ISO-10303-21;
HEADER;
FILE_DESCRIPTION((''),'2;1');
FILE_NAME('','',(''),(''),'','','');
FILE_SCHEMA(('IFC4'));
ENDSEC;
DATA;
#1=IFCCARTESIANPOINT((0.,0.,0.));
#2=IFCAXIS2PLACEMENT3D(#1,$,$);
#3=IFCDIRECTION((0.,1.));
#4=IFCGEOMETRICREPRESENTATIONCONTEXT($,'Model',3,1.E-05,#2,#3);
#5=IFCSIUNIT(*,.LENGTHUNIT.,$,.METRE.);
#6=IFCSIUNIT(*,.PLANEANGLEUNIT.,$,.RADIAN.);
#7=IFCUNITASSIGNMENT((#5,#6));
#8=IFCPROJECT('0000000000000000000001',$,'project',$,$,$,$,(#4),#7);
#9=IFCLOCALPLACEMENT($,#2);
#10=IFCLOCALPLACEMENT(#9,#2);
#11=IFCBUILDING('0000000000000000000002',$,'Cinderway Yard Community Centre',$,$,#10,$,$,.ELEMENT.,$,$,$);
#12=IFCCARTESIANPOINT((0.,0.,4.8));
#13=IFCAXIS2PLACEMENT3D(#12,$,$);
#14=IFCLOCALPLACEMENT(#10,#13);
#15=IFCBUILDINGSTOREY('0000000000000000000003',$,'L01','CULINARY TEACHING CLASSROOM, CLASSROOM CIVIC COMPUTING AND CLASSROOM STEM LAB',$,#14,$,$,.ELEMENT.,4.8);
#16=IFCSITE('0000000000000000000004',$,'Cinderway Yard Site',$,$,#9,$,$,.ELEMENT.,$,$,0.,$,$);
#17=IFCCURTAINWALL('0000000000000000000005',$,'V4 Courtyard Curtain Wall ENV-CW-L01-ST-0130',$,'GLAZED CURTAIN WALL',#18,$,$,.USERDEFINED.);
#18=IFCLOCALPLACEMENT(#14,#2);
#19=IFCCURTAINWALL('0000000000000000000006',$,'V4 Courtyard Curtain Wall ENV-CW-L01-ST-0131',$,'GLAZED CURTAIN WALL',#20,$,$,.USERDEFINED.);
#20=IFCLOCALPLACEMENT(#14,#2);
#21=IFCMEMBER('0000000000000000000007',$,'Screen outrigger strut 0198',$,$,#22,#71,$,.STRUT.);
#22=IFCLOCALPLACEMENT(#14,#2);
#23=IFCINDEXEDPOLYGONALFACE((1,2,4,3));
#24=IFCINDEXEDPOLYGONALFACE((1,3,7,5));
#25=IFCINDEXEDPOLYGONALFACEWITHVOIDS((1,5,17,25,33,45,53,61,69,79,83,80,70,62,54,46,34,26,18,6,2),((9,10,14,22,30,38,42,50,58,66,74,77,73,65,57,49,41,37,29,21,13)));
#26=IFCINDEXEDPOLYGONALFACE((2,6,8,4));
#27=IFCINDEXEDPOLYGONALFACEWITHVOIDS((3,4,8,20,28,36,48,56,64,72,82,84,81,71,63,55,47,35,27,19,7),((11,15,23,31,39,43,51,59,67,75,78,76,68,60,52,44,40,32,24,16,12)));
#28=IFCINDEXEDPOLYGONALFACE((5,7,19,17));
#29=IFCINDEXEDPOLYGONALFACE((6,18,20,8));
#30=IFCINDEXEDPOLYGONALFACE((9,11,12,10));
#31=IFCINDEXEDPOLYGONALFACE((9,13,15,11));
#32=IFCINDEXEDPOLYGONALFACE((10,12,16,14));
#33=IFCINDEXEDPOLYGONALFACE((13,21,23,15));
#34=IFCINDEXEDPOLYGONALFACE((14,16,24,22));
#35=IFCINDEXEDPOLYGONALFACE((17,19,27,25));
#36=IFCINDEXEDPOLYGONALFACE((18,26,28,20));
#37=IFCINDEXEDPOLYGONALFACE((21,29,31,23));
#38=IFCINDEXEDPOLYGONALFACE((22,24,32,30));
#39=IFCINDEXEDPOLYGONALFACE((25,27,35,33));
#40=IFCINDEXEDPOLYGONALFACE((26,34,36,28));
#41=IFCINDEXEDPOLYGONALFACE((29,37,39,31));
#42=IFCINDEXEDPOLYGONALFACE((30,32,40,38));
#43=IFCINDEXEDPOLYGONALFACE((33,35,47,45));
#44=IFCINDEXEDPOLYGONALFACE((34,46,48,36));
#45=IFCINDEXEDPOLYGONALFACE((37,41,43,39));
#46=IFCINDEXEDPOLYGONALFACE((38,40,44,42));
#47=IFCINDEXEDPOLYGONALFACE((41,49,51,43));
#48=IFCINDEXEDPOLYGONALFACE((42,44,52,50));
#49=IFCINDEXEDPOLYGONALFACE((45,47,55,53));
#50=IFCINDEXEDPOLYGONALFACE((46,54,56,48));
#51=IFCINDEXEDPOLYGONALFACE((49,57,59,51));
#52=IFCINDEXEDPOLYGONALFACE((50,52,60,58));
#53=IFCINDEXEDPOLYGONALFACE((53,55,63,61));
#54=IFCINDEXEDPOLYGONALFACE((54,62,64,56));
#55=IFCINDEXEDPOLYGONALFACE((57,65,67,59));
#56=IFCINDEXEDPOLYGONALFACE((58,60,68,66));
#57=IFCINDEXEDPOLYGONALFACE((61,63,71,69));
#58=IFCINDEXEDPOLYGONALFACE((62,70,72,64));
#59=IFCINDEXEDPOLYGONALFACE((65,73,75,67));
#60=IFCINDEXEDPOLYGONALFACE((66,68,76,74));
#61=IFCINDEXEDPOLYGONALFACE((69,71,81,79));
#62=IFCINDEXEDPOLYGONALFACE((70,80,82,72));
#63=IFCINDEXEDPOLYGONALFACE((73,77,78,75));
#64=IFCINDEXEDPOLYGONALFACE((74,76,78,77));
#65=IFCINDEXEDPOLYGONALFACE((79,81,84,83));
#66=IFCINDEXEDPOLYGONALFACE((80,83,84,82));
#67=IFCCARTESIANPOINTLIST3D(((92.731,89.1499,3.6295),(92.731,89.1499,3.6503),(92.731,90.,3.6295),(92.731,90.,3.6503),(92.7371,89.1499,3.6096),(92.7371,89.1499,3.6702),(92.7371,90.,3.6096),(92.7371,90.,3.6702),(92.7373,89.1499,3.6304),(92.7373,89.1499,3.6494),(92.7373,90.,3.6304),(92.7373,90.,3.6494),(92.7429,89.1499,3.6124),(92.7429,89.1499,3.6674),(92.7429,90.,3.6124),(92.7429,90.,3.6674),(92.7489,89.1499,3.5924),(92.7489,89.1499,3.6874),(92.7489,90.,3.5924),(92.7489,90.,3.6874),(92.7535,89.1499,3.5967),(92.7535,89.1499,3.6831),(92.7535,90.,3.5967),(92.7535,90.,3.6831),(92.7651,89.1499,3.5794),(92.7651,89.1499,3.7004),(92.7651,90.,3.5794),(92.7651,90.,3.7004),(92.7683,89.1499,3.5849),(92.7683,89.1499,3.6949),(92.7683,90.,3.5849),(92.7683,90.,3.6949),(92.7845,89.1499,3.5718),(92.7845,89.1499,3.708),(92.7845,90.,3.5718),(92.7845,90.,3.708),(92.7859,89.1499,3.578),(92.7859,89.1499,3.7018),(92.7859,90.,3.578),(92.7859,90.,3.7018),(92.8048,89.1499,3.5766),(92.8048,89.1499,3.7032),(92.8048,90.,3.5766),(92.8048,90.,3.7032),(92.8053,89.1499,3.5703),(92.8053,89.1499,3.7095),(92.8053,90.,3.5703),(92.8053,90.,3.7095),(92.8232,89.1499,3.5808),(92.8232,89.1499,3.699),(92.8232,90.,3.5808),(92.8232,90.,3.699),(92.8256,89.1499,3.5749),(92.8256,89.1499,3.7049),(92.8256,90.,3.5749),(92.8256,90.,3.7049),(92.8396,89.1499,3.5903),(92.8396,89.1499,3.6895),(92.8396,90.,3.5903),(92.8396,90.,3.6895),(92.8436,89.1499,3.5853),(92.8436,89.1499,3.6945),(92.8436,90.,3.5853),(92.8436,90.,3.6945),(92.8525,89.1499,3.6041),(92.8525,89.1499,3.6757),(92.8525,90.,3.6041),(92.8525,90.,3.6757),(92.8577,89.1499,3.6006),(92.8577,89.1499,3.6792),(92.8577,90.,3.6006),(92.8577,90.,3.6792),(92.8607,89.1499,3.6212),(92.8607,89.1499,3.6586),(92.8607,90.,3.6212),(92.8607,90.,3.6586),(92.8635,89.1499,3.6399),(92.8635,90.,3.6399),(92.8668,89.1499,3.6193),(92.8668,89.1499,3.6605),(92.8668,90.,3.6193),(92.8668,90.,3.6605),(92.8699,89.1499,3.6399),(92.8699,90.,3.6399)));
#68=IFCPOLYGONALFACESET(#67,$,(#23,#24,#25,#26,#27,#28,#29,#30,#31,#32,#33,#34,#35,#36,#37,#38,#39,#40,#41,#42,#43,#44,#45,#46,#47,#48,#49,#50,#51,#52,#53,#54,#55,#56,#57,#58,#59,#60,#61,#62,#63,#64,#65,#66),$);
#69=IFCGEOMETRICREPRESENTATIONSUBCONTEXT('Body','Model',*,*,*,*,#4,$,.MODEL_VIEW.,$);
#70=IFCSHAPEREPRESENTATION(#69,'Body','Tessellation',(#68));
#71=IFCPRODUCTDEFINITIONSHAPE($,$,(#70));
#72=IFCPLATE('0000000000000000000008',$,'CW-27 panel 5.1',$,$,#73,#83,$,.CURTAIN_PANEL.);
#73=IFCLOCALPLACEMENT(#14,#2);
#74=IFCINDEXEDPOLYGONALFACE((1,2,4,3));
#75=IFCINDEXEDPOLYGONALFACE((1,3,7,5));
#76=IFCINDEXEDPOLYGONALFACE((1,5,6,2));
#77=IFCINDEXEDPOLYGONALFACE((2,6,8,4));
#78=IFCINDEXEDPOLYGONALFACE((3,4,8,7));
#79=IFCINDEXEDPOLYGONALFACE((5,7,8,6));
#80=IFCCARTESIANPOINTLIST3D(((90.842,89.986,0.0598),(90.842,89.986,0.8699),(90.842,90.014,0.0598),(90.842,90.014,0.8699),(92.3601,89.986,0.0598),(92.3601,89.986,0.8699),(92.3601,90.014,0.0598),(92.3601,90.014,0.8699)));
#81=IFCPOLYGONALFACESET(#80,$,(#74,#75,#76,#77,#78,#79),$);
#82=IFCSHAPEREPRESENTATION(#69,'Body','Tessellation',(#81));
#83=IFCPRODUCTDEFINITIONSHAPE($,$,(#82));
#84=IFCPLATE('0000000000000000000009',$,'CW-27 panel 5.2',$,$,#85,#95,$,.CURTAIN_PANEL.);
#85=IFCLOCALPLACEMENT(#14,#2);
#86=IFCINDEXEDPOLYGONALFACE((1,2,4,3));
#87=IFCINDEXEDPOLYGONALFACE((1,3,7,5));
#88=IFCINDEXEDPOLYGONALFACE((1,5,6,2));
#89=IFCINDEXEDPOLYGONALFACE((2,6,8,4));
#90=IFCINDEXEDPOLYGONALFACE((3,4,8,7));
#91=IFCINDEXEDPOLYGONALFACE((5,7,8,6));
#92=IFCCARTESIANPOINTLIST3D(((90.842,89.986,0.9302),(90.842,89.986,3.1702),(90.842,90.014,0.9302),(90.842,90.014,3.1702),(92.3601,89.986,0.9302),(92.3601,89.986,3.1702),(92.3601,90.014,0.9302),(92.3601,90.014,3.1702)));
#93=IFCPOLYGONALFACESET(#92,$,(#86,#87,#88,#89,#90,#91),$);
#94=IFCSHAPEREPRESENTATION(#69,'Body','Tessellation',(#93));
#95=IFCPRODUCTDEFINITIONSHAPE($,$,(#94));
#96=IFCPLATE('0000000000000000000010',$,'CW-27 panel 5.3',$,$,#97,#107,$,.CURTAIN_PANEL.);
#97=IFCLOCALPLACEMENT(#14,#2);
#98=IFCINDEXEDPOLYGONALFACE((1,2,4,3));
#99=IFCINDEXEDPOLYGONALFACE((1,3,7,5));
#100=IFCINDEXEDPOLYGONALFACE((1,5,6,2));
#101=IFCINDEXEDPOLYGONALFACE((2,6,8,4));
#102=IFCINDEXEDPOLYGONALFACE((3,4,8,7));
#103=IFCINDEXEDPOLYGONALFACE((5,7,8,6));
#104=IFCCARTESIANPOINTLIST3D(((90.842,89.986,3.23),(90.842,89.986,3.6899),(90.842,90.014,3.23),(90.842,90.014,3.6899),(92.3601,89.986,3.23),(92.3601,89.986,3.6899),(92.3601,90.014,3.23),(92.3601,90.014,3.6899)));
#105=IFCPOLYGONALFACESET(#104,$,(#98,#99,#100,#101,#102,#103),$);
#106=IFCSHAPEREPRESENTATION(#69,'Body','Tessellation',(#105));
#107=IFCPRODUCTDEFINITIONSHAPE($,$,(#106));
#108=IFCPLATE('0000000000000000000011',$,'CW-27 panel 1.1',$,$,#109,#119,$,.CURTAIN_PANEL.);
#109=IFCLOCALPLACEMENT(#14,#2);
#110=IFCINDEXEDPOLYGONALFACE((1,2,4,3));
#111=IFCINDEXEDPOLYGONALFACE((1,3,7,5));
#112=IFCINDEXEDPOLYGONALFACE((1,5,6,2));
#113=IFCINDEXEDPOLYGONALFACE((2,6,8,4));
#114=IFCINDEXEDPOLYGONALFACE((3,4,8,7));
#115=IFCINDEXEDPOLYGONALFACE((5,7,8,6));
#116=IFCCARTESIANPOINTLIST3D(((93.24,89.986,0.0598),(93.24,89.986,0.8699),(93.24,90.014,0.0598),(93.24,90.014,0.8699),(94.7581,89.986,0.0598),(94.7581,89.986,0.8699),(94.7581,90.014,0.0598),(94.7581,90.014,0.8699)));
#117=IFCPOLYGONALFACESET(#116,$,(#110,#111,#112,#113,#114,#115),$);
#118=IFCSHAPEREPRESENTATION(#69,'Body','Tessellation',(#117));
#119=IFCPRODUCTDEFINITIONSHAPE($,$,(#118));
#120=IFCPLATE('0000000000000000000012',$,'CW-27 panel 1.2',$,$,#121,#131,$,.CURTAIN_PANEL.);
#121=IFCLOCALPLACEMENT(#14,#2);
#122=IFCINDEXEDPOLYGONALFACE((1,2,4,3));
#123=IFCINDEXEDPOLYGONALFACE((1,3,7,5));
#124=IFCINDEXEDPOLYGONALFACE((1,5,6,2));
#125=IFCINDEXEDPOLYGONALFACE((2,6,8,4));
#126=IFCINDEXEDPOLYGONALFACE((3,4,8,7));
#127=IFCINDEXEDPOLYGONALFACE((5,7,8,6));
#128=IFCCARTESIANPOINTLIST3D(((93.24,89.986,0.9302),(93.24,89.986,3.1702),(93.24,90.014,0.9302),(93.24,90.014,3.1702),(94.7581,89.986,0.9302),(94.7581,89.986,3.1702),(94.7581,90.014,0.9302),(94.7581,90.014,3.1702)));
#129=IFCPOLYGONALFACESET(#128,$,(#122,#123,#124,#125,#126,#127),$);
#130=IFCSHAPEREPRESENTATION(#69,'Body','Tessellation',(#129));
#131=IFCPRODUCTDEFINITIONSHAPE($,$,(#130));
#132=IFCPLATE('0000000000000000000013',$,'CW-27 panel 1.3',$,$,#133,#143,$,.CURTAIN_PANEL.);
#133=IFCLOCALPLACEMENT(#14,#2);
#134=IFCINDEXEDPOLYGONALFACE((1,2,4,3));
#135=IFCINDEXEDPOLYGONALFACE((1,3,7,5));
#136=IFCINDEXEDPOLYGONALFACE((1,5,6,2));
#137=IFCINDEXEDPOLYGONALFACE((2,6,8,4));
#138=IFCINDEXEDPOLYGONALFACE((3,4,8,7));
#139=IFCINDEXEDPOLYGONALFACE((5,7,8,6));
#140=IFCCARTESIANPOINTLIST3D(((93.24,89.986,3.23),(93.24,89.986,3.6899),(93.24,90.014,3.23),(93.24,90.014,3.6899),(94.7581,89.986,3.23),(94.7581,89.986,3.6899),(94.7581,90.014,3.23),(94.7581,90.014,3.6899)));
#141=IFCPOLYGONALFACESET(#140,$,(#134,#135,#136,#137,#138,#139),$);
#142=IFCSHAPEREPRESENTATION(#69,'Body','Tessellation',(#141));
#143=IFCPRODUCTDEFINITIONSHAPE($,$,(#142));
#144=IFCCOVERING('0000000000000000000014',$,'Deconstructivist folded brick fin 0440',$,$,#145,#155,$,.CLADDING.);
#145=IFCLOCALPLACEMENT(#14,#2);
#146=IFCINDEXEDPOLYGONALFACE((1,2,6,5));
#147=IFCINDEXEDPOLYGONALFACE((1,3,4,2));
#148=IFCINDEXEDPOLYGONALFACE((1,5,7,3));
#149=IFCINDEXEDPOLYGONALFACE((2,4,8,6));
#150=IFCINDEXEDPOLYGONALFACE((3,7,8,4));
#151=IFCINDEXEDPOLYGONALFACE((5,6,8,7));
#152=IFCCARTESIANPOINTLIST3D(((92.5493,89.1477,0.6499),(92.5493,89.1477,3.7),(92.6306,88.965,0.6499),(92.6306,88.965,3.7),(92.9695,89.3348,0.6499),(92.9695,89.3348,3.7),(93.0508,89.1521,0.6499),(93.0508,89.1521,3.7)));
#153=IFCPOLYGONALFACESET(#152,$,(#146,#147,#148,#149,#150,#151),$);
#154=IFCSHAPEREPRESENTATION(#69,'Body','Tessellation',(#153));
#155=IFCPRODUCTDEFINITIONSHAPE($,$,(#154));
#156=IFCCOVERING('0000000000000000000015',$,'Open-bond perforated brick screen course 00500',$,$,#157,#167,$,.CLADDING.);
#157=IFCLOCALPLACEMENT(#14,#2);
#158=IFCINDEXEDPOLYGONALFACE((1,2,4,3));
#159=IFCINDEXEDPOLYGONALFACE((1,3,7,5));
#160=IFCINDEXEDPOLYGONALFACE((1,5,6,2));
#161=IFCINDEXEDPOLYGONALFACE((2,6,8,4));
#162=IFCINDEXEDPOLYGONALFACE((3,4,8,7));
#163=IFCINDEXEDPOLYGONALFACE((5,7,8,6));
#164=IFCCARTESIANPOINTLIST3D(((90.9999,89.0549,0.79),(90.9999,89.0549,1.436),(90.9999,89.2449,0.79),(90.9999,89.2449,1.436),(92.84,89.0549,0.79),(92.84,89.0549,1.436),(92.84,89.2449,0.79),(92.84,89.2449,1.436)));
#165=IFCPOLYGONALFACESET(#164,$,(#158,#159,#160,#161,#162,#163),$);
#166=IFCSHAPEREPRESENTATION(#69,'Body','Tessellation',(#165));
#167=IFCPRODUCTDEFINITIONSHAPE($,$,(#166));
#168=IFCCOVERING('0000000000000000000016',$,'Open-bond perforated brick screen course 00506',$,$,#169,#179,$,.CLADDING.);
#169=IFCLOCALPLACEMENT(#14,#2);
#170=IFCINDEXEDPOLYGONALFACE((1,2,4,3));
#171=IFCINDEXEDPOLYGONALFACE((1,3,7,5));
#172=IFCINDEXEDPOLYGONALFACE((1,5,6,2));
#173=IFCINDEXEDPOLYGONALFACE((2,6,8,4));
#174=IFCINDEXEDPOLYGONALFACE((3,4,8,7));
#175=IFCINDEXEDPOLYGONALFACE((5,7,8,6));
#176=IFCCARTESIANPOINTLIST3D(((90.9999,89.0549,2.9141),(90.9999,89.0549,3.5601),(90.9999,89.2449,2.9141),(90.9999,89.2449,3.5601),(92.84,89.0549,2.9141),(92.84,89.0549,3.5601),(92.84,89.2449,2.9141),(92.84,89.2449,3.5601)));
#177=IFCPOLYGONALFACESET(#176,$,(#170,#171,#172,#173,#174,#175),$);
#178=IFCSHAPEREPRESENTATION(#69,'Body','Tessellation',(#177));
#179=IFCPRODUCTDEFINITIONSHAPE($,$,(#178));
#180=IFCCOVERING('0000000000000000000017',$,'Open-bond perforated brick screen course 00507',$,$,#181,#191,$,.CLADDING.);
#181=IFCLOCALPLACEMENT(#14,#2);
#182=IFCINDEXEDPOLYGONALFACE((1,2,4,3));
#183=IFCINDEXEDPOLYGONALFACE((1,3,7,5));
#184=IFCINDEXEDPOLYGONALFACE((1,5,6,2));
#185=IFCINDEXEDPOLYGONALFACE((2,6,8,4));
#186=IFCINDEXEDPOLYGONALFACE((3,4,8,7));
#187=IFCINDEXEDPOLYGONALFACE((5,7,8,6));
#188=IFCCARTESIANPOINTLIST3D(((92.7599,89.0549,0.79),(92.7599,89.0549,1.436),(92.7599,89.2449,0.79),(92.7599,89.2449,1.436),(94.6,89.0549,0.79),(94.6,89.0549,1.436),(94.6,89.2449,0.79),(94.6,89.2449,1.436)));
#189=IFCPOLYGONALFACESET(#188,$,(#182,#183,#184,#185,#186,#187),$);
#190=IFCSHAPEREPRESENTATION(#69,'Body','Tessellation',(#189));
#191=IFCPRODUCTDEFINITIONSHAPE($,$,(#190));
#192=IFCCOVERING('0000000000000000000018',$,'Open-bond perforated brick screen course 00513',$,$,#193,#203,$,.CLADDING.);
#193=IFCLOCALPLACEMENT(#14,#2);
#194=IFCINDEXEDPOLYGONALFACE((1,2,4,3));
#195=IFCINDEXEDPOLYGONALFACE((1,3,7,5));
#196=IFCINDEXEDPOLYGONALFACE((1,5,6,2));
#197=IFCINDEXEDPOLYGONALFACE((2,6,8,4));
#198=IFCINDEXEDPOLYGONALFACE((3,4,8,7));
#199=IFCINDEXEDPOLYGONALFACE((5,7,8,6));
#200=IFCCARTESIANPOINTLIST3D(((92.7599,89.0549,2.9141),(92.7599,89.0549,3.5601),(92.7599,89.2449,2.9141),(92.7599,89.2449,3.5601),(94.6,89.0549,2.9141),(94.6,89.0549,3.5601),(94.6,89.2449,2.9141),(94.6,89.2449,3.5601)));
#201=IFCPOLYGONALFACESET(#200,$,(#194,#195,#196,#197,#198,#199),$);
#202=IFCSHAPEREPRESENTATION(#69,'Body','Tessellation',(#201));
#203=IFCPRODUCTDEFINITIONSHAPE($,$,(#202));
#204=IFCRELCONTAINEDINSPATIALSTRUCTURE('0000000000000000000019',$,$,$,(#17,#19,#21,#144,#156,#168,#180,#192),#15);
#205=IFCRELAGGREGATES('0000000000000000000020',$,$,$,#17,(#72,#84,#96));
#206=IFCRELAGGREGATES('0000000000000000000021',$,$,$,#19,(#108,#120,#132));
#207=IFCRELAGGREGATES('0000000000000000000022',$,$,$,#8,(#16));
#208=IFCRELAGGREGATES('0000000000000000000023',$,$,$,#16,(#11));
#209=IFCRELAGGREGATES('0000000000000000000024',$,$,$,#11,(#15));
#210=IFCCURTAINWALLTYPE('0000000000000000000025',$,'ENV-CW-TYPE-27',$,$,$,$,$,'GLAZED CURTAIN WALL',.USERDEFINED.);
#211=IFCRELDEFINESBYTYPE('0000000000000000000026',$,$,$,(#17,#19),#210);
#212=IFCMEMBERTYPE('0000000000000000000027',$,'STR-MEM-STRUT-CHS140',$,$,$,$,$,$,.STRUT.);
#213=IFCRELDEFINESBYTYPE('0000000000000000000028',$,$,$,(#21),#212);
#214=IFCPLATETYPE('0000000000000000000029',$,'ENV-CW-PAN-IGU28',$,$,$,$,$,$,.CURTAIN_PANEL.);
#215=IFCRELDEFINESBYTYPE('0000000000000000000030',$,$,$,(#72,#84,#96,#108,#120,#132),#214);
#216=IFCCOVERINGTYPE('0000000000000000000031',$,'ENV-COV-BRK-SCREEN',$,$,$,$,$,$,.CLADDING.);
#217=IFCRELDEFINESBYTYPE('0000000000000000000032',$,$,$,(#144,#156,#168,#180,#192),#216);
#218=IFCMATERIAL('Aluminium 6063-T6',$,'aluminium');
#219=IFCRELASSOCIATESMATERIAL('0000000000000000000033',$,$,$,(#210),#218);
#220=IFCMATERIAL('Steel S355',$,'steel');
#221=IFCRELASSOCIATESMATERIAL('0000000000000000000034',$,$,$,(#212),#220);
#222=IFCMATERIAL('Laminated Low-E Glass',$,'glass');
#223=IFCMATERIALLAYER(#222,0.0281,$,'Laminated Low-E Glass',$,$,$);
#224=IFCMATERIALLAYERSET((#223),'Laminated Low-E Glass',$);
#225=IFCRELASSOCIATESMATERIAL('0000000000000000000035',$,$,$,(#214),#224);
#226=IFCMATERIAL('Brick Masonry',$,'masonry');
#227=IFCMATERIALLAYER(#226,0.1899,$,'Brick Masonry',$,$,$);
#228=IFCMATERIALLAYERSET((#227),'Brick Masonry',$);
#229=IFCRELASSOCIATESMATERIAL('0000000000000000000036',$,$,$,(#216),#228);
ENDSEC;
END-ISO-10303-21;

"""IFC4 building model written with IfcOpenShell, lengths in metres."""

from ifc_helpers import new_model, si_unit, direction, frame, origin, origin_2d, place, context, subcontext, project, spatial, rectangle, hollow_circle, extrude, material, layer, layer_set, material_profile, profile_set, type_object, element, aggregate, save


model = new_model("IFC4")

# Units and contexts
model_context = context("Model", 3, precision=1e-05, world=origin(), true_north=direction((0.0, 1.0)))
body_context = subcontext(model_context, "Body", "Model", "MODEL_VIEW")
ifc_project = project(units=[si_unit("LENGTHUNIT", "METRE"), si_unit("PLANEANGLEUNIT", "RADIAN")], contexts=[model_context])

# Site, building, storey
site_placement = place(None, origin())
site = spatial("IfcSite", under=ifc_project, at=site_placement, Name="Cinderway Yard Site", CompositionType="ELEMENT", RefElevation=0.0)
building_placement = place(site_placement, origin())
building = spatial("IfcBuilding", under=site, at=building_placement, Name="Cinderway Yard Community Centre", CompositionType="ELEMENT")
storey_placement = place(building_placement, frame((0.0, 0.0, 4.8)))
storey = spatial("IfcBuildingStorey", under=building, at=storey_placement, Name="L01", Description="CULINARY TEACHING CLASSROOM, CLASSROOM CIVIC COMPUTING AND CLASSROOM STEM LAB", CompositionType="ELEMENT", Elevation=4.8)

# Curtain wall
ifc_material_1 = material(Name="Aluminium 6063-T6", Category="aluminium")
curtain_wall_type = type_object("IfcCurtainWallType", Name="ENV-CW-TYPE-27", ElementType="GLAZED CURTAIN WALL", PredefinedType="USERDEFINED", material=ifc_material_1)
curtain_wall_1_placement = place(storey_placement, origin())
curtain_wall_1 = element("IfcCurtainWall", 1, at=curtain_wall_1_placement, inside=storey, type_object=curtain_wall_type, Name="V4 Courtyard Curtain Wall ENV-CW-L01-ST-0130", ObjectType="GLAZED CURTAIN WALL", PredefinedType="USERDEFINED")

# Curtain wall
curtain_wall_2_placement = place(storey_placement, origin())
curtain_wall_2 = element("IfcCurtainWall", 2, at=curtain_wall_2_placement, inside=storey, type_object=curtain_wall_type, Name="V4 Courtyard Curtain Wall ENV-CW-L01-ST-0131", ObjectType="GLAZED CURTAIN WALL", PredefinedType="USERDEFINED")

# Shared definitions
ifc_material_2 = material(Name="Steel S355", Category="steel")

# Member
ifc_material_profile_1 = material_profile(ifc_material_2, hollow_circle(Radius=0.0698, WallThickness=0.0063, at=origin_2d()), Name="Steel S355")
ifc_profile_set_1 = profile_set([ifc_material_profile_1], Name="Steel S355")
member_type_1 = type_object("IfcMemberType", Name="STR-MEM-STRUT-CHS140", PredefinedType="STRUT", material=ifc_profile_set_1)
for number, where, z_axis, x_axis, name in (
    (3, (92.8, 90.0, 3.6399), (0.0, -1.0, 0.0), (1.0, 0.0, 0.0), "Screen outrigger strut 0198"),
):
    element("IfcMember", number, at=place(storey_placement, frame(where, z_axis=z_axis, x_axis=x_axis)), inside=storey, type_object=member_type_1, Name=name, PredefinedType="STRUT", context=body_context, shape_type="SweptSolid", body=[
        extrude(hollow_circle(Radius=0.0698, WallThickness=0.0063, at=origin_2d()), origin(), (0.0, 0.0, 1.0), 0.8501),
    ])

# Plates
ifc_material_3 = material(Name="Laminated Low-E Glass", Category="glass")
ifc_layer_1 = layer(ifc_material_3, 0.0281, Name="Laminated Low-E Glass")
ifc_layer_set_1 = layer_set([ifc_layer_1], Name="Laminated Low-E Glass")
plate_type = type_object("IfcPlateType", Name="ENV-CW-PAN-IGU28", PredefinedType="CURTAIN_PANEL", material=ifc_layer_set_1)
plate_1_placement = place(storey_placement, frame((91.6011, 90.0, 0.0598), z_axis=(0.0, 0.0, 1.0), x_axis=(1.0, 0.0, 0.0)))
plate_1 = element("IfcPlate", 4, at=plate_1_placement, type_object=plate_type, Name="CW-27 panel 5.1", PredefinedType="CURTAIN_PANEL", context=body_context, shape_type="SweptSolid", body=[
    extrude(rectangle(XDim=1.5181, YDim=0.0281, at=origin_2d()), origin(), (0.0, 0.0, 1.0), 0.8101),
])
plate_2_placement = place(storey_placement, frame((91.6011, 90.0, 0.9302), z_axis=(0.0, 0.0, 1.0), x_axis=(1.0, 0.0, 0.0)))
plate_2 = element("IfcPlate", 5, at=plate_2_placement, type_object=plate_type, Name="CW-27 panel 5.2", PredefinedType="CURTAIN_PANEL", context=body_context, shape_type="SweptSolid", body=[
    extrude(rectangle(XDim=1.5181, YDim=0.0281, at=origin_2d()), origin(), (0.0, 0.0, 1.0), 2.24),
])
plate_3_placement = place(storey_placement, frame((91.6011, 90.0, 3.23), z_axis=(0.0, 0.0, 1.0), x_axis=(1.0, 0.0, 0.0)))
plate_3 = element("IfcPlate", 6, at=plate_3_placement, type_object=plate_type, Name="CW-27 panel 5.3", PredefinedType="CURTAIN_PANEL", context=body_context, shape_type="SweptSolid", body=[
    extrude(rectangle(XDim=1.5181, YDim=0.0281, at=origin_2d()), origin(), (0.0, 0.0, 1.0), 0.46),
])
aggregate(curtain_wall_1, [plate_1, plate_2, plate_3])
plate_4_placement = place(storey_placement, frame((93.999, 90.0, 0.0598), z_axis=(0.0, 0.0, 1.0), x_axis=(1.0, 0.0, 0.0)))
plate_4 = element("IfcPlate", 7, at=plate_4_placement, type_object=plate_type, Name="CW-27 panel 1.1", PredefinedType="CURTAIN_PANEL", context=body_context, shape_type="SweptSolid", body=[
    extrude(rectangle(XDim=1.5181, YDim=0.0281, at=origin_2d()), origin(), (0.0, 0.0, 1.0), 0.8101),
])
plate_5_placement = place(storey_placement, frame((93.999, 90.0, 0.9302), z_axis=(0.0, 0.0, 1.0), x_axis=(1.0, 0.0, 0.0)))
plate_5 = element("IfcPlate", 8, at=plate_5_placement, type_object=plate_type, Name="CW-27 panel 1.2", PredefinedType="CURTAIN_PANEL", context=body_context, shape_type="SweptSolid", body=[
    extrude(rectangle(XDim=1.5181, YDim=0.0281, at=origin_2d()), origin(), (0.0, 0.0, 1.0), 2.24),
])
plate_6_placement = place(storey_placement, frame((93.999, 90.0, 3.23), z_axis=(0.0, 0.0, 1.0), x_axis=(1.0, 0.0, 0.0)))
plate_6 = element("IfcPlate", 9, at=plate_6_placement, type_object=plate_type, Name="CW-27 panel 1.3", PredefinedType="CURTAIN_PANEL", context=body_context, shape_type="SweptSolid", body=[
    extrude(rectangle(XDim=1.5181, YDim=0.0281, at=origin_2d()), origin(), (0.0, 0.0, 1.0), 0.46),
])
aggregate(curtain_wall_2, [plate_4, plate_5, plate_6])

# Coverings
ifc_material_4 = material(Name="Brick Masonry", Category="masonry")
ifc_layer_2 = layer(ifc_material_4, 0.1899, Name="Brick Masonry")
ifc_layer_set_2 = layer_set([ifc_layer_2], Name="Brick Masonry")
covering_type = type_object("IfcCoveringType", Name="ENV-COV-BRK-SCREEN", PredefinedType="CLADDING", material=ifc_layer_set_2)
covering_placement = place(storey_placement, frame((92.8, 89.1499, 0.6499), z_axis=(0.0, 0.0, 1.0), x_axis=(-0.913545, -0.406737, 0.0)))
element("IfcCovering", 10, at=covering_placement, inside=storey, type_object=covering_type, Name="Deconstructivist folded brick fin 0440", PredefinedType="CLADDING", context=body_context, shape_type="SweptSolid", body=[
    extrude(rectangle(XDim=0.46, YDim=0.2, at=origin_2d()), origin(), (0.0, 0.0, 1.0), 3.05),
])
for number, where, z_axis, x_axis, name in (
    (11, (91.9199, 89.1499, 0.79), (0.0, 0.0, 1.0), (-1.0, 0.0, 0.0), "Open-bond perforated brick screen course 00500"),
    (12, (91.9199, 89.1499, 2.9141), (0.0, 0.0, 1.0), (-1.0, 0.0, 0.0), "Open-bond perforated brick screen course 00506"),
    (13, (93.6799, 89.1499, 0.79), (0.0, 0.0, 1.0), (-1.0, 0.0, 0.0), "Open-bond perforated brick screen course 00507"),
    (14, (93.6799, 89.1499, 2.9141), (0.0, 0.0, 1.0), (-1.0, 0.0, 0.0), "Open-bond perforated brick screen course 00513"),
):
    element("IfcCovering", number, at=place(storey_placement, frame(where, z_axis=z_axis, x_axis=x_axis)), inside=storey, type_object=covering_type, Name=name, PredefinedType="CLADDING", context=body_context, shape_type="SweptSolid", body=[
        extrude(rectangle(XDim=1.8401, YDim=0.1899, at=origin_2d()), origin(), (0.0, 0.0, 1.0), 0.646),
    ])

save(model, "model.ifc")
